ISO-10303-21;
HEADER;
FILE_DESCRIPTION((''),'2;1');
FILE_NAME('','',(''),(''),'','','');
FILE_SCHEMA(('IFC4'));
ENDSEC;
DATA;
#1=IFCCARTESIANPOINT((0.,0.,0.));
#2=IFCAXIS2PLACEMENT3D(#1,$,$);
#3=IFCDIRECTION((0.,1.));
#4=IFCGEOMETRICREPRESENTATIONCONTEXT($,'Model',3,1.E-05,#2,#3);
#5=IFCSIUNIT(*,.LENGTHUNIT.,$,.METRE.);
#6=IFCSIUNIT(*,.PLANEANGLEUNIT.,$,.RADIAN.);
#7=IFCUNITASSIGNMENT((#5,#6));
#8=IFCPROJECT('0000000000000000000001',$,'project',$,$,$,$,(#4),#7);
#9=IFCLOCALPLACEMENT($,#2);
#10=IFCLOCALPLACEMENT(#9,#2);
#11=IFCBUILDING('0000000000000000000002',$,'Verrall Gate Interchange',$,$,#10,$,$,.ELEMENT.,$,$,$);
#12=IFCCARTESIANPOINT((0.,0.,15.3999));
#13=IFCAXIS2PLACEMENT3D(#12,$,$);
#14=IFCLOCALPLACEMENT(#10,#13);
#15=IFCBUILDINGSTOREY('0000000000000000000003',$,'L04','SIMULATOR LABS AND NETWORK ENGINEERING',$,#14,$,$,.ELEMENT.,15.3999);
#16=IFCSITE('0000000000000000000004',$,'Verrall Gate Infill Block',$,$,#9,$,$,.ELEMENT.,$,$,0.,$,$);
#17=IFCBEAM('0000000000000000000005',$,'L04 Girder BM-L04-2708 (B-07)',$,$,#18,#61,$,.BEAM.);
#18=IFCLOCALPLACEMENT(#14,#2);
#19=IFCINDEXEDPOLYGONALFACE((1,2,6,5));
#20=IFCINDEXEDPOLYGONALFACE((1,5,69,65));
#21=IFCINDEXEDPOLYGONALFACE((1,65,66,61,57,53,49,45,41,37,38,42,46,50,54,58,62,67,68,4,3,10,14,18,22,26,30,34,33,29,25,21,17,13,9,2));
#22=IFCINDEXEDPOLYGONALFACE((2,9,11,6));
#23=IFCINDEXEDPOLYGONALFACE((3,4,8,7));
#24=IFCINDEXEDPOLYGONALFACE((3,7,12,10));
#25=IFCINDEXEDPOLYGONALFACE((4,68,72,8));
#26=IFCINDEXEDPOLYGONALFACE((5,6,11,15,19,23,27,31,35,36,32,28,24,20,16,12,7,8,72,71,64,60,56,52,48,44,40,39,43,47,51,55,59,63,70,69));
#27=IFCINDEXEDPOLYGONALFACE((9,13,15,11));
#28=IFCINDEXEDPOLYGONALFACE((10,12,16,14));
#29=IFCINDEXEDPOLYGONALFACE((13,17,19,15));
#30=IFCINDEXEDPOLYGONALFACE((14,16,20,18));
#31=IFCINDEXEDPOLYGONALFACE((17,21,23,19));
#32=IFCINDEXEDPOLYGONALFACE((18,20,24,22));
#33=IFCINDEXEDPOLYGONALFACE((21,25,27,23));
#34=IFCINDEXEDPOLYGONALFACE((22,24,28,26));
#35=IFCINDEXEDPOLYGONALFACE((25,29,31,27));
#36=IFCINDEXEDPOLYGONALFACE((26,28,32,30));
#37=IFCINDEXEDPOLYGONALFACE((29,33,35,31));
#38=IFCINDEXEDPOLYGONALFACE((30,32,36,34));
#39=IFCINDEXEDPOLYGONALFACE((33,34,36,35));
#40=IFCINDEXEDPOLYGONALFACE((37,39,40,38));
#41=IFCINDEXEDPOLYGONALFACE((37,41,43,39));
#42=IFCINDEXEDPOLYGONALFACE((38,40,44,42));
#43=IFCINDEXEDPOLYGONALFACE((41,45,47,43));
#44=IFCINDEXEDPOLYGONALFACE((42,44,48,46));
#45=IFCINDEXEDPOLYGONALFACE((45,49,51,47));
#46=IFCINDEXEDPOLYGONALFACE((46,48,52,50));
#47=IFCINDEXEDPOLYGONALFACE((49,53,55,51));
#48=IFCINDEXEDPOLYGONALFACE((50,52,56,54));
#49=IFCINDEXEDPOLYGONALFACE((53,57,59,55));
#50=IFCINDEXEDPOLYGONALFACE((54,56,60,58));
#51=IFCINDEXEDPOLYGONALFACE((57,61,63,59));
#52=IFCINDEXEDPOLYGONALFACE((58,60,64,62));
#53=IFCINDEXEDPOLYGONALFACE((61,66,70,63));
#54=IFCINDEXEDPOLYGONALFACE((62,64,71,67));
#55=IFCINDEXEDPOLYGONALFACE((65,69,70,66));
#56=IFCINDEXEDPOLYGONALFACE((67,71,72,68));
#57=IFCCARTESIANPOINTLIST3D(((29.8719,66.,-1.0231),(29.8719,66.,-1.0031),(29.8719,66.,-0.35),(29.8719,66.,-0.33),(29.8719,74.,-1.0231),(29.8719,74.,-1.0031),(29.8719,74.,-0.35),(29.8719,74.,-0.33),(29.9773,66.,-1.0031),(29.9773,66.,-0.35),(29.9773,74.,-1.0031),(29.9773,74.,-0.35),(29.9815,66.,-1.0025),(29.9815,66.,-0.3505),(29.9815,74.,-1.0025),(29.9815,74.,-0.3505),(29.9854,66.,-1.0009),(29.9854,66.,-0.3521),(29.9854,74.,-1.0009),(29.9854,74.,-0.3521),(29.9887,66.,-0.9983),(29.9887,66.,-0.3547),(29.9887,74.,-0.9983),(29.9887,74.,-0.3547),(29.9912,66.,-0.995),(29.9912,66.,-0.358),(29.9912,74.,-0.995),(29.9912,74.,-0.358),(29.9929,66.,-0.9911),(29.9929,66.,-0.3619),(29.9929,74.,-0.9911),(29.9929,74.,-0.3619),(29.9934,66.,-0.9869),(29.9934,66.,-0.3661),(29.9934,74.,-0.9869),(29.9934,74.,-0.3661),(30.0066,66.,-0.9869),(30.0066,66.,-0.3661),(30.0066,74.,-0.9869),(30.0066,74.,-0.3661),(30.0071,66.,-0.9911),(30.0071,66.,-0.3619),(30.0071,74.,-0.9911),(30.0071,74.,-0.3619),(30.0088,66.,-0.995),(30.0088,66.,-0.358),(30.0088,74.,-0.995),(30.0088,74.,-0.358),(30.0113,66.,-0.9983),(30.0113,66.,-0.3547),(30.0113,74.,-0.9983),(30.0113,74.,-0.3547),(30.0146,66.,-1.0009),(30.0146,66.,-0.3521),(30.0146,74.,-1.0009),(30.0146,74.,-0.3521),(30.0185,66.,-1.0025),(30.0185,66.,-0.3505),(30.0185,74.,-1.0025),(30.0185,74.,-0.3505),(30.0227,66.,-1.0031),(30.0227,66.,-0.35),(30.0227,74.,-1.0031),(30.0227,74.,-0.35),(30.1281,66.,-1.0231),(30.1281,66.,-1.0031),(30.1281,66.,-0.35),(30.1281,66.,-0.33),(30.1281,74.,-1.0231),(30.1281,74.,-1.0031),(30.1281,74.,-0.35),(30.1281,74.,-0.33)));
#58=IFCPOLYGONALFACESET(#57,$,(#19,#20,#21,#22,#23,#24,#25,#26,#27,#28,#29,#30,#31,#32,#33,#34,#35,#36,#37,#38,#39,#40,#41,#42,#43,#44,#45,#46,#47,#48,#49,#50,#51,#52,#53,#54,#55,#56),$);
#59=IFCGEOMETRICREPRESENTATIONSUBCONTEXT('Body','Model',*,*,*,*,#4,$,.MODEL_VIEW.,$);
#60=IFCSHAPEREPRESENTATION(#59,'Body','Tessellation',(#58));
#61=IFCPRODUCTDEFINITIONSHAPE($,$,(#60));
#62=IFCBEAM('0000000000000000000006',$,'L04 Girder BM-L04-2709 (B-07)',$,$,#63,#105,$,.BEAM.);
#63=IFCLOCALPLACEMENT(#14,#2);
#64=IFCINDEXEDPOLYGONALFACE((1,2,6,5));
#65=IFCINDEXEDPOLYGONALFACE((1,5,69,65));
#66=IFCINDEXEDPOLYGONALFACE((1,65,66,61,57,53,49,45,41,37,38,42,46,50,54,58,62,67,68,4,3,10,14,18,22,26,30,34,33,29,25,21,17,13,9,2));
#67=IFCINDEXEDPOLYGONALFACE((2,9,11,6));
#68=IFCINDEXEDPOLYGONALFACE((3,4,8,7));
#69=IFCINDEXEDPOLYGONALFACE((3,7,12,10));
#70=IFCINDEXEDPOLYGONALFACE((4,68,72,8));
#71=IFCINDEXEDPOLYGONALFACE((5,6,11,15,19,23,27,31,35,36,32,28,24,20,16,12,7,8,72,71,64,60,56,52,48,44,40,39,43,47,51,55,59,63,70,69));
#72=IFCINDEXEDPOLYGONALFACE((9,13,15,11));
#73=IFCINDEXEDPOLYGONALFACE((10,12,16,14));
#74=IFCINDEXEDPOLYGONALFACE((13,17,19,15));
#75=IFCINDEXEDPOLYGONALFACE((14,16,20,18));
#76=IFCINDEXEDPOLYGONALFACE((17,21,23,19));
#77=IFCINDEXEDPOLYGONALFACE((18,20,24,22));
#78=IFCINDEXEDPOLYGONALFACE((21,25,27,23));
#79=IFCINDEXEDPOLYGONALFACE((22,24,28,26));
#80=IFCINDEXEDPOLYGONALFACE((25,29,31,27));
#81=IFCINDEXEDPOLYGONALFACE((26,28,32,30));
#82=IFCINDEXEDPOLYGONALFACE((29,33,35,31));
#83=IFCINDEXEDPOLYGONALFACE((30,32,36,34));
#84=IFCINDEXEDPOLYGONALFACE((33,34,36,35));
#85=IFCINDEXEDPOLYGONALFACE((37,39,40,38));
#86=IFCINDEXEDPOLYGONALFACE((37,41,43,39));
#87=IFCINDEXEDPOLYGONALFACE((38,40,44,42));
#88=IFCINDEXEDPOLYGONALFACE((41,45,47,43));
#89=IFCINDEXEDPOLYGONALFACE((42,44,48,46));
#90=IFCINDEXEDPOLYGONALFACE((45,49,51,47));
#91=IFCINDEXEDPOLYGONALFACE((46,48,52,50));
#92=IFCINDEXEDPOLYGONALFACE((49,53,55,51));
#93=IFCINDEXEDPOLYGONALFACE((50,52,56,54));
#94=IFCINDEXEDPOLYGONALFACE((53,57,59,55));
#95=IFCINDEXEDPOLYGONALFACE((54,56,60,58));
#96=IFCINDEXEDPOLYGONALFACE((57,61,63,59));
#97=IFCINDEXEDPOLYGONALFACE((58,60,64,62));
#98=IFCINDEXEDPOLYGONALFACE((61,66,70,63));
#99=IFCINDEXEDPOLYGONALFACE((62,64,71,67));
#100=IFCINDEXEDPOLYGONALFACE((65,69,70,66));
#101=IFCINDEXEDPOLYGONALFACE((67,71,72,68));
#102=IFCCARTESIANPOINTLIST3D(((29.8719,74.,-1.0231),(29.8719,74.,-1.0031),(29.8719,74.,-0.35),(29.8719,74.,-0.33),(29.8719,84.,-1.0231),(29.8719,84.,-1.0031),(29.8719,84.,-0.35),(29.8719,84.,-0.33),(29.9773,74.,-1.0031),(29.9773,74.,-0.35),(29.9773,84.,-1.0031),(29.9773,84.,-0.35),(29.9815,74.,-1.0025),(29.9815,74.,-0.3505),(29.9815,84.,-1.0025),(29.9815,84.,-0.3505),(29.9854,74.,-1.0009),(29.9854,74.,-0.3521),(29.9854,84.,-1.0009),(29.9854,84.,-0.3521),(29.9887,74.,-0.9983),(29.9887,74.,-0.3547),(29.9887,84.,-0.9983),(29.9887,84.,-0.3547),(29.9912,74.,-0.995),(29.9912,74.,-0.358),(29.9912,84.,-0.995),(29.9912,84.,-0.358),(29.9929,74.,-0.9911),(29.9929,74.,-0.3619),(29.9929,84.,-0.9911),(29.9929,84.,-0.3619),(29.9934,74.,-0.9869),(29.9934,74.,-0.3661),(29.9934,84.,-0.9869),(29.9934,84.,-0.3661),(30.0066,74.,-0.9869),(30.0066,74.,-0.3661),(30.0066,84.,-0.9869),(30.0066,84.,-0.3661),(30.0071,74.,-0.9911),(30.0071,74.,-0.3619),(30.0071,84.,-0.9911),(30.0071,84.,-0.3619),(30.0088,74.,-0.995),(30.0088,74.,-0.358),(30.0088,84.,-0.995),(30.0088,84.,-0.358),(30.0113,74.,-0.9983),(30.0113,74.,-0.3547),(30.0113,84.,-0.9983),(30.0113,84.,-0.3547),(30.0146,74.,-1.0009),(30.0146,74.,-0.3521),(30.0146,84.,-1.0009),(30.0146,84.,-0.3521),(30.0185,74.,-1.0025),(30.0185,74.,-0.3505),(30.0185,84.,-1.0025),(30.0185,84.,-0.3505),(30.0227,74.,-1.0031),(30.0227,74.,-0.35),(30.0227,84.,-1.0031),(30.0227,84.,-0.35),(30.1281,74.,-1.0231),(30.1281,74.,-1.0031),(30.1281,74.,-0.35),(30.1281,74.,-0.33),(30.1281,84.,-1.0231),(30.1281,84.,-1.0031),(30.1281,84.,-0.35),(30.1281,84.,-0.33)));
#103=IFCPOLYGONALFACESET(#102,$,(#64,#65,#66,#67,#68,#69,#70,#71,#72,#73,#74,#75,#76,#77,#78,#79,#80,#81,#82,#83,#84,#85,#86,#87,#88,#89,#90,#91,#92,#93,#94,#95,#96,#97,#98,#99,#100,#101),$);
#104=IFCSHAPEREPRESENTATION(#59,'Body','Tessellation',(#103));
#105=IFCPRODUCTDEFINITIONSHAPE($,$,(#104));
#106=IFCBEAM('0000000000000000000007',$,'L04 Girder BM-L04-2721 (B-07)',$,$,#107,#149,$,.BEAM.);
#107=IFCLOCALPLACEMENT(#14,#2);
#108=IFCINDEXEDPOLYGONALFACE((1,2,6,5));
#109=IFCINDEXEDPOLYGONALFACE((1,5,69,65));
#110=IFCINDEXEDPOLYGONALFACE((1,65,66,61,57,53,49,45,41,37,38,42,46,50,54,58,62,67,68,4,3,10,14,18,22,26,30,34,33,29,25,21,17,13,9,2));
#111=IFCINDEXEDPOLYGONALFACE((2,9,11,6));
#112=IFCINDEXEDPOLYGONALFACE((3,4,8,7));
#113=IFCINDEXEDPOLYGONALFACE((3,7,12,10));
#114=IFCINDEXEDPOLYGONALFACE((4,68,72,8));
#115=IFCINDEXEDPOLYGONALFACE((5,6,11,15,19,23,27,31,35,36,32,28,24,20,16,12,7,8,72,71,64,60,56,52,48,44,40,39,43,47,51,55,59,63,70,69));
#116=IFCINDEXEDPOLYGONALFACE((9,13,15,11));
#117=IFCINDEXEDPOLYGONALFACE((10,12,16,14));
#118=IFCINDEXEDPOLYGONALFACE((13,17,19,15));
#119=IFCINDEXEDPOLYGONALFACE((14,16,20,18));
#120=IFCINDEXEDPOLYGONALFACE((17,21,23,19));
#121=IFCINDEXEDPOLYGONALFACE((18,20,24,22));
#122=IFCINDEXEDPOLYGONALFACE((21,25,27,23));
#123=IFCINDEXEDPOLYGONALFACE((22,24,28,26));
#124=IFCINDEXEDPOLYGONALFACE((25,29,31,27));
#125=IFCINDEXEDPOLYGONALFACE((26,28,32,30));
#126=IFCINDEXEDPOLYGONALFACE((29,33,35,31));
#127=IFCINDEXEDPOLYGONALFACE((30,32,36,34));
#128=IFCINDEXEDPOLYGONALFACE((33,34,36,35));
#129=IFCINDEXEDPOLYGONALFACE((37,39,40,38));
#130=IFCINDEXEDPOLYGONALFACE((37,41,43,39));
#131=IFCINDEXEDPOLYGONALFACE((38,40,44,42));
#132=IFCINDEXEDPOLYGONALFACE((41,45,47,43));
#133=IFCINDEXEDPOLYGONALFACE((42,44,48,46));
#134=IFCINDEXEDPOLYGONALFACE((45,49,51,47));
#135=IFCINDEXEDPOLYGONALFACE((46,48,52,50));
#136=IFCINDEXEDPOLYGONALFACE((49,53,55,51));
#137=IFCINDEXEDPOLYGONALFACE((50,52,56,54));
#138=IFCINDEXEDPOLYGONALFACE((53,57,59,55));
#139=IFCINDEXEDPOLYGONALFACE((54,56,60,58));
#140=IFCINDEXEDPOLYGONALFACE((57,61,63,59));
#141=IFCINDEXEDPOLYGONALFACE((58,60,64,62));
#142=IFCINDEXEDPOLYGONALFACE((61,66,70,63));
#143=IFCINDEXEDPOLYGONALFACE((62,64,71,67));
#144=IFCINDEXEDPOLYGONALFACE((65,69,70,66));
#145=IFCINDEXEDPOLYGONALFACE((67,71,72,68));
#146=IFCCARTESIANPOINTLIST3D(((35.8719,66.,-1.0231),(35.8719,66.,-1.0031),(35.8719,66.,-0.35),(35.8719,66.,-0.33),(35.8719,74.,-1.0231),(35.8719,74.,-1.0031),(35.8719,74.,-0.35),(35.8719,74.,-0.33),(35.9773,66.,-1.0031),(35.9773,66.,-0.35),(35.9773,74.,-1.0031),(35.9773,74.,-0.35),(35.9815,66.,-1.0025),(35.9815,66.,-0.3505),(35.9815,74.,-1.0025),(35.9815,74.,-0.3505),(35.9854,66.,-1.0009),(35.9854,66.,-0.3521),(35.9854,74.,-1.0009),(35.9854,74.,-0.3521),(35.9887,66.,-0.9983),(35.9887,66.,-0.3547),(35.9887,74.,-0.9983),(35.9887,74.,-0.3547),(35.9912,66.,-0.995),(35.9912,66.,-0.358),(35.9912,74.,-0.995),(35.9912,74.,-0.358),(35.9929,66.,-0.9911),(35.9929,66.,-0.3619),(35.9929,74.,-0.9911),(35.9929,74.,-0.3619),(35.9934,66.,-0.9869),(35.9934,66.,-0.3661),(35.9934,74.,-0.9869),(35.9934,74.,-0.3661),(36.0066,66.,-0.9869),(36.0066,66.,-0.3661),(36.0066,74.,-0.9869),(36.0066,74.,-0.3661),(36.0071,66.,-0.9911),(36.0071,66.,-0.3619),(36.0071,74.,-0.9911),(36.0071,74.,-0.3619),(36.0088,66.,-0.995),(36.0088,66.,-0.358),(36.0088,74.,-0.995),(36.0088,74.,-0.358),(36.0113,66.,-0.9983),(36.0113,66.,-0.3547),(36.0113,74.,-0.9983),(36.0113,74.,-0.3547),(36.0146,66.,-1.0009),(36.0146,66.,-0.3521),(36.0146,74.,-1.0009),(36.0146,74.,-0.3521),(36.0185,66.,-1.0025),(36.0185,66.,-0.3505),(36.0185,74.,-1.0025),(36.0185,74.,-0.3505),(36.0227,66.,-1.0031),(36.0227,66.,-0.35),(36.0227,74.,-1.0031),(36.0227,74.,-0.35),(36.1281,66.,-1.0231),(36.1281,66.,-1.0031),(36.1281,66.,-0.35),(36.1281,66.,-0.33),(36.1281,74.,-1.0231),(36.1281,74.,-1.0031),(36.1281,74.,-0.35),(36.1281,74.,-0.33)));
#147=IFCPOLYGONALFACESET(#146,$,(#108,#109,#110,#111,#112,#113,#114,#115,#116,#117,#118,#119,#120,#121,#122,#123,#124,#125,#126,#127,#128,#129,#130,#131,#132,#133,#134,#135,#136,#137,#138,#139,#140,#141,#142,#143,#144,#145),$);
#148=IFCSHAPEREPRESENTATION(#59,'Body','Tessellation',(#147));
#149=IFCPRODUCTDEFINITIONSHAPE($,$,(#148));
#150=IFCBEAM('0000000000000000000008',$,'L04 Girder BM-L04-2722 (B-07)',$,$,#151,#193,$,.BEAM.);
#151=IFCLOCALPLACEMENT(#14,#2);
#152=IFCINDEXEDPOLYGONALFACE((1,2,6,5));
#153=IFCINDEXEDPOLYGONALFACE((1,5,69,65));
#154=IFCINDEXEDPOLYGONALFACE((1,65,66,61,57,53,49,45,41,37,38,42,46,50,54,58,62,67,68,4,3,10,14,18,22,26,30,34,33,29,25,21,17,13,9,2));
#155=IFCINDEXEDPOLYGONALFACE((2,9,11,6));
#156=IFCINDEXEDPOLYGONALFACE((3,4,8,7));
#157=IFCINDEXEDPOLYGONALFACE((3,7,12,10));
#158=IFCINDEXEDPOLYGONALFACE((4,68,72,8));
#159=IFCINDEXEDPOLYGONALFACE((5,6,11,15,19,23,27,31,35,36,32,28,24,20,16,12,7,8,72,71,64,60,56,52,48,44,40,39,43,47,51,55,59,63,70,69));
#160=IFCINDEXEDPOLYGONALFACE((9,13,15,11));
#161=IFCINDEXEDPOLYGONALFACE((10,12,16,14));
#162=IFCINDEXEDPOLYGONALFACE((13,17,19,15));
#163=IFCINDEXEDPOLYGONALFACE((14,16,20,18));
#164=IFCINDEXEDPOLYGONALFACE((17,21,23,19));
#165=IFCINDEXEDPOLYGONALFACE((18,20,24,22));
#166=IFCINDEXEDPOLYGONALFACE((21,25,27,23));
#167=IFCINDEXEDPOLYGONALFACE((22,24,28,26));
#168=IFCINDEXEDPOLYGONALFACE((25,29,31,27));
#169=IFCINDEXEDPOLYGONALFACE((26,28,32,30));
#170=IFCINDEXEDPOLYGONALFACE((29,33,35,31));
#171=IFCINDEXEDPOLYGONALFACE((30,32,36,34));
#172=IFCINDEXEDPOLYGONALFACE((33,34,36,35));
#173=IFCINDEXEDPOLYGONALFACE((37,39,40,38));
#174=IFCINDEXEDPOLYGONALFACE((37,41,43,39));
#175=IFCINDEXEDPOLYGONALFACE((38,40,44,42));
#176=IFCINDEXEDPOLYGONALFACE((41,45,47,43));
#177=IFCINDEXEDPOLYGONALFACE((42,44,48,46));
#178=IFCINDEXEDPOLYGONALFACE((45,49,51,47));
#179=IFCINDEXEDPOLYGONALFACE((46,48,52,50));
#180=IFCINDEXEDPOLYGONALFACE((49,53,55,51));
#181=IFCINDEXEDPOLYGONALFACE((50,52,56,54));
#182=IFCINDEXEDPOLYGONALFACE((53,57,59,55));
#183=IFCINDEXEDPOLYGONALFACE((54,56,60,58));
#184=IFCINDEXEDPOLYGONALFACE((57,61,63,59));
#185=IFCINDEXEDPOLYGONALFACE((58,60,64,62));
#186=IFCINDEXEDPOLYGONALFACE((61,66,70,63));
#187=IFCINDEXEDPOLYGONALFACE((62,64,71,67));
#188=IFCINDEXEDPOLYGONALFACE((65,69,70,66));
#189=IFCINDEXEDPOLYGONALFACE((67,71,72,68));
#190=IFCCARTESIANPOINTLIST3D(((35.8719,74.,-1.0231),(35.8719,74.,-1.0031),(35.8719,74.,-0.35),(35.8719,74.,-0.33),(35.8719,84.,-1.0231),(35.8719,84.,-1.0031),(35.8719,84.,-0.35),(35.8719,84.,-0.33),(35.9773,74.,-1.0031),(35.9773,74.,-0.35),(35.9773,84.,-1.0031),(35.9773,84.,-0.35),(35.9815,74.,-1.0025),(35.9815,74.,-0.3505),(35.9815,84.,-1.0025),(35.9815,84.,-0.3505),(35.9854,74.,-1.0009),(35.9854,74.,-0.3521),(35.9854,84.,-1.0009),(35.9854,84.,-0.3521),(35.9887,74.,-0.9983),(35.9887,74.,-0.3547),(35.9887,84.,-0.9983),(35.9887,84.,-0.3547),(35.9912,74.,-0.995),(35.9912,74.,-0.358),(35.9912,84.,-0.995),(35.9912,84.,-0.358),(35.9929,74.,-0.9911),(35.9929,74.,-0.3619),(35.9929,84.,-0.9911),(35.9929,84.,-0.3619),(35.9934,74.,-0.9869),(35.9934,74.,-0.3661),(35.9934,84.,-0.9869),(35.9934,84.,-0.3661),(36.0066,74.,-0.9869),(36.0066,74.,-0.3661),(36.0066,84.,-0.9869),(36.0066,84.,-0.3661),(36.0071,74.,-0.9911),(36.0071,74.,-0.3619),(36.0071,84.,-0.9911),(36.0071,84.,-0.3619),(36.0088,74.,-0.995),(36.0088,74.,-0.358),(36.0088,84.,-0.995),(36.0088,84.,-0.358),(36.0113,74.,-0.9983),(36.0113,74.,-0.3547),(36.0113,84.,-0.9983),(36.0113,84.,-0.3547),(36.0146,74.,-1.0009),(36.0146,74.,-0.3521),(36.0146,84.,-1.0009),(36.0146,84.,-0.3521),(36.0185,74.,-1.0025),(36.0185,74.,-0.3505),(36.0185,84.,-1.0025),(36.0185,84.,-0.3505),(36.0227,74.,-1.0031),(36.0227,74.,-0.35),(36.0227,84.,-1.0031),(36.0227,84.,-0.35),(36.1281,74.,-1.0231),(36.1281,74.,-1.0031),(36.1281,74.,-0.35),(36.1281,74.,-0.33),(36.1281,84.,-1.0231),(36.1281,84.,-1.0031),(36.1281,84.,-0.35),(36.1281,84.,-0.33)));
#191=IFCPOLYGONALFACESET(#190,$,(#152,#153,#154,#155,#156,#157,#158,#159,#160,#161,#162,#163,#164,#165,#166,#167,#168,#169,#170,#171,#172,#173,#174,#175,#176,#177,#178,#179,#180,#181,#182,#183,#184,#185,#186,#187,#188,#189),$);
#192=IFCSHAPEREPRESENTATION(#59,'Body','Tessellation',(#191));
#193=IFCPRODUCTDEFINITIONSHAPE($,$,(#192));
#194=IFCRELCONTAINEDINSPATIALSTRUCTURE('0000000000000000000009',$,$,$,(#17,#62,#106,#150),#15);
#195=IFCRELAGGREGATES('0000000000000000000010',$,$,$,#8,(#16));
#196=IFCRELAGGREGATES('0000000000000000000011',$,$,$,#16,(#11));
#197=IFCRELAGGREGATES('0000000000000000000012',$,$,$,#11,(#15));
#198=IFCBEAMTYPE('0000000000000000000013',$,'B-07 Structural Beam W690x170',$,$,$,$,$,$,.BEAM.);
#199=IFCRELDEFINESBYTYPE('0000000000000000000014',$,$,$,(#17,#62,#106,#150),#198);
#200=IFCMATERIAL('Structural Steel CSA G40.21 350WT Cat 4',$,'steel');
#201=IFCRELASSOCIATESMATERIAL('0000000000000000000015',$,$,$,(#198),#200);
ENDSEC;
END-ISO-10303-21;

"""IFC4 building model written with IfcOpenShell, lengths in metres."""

from ifc_helpers import new_model, si_unit, direction, frame, origin, origin_2d, place, context, subcontext, project, spatial, i_section, extrude, material, material_profile, profile_set, type_object, element, save


model = new_model("IFC4")

# Units and contexts
model_context = context("Model", 3, precision=1e-05, world=origin(), true_north=direction((0.0, 1.0)))
body_context = subcontext(model_context, "Body", "Model", "MODEL_VIEW")
ifc_project = project(units=[si_unit("LENGTHUNIT", "METRE"), si_unit("PLANEANGLEUNIT", "RADIAN")], contexts=[model_context])

# Site, building, storey
site_placement = place(None, origin())
site = spatial("IfcSite", under=ifc_project, at=site_placement, Name="Verrall Gate Infill Block", CompositionType="ELEMENT", RefElevation=0.0)
building_placement = place(site_placement, origin())
building = spatial("IfcBuilding", under=site, at=building_placement, Name="Verrall Gate Interchange", CompositionType="ELEMENT")
storey_placement = place(building_placement, frame((0.0, 0.0, 15.3999)))
storey = spatial("IfcBuildingStorey", under=building, at=storey_placement, Name="L04", Description="SIMULATOR LABS AND NETWORK ENGINEERING", CompositionType="ELEMENT", Elevation=15.3999)

# Beams
ifc_material_1 = material(Name="Structural Steel CSA G40.21 350WT Cat 4", Category="steel")
ifc_material_profile_1 = material_profile(ifc_material_1, i_section(OverallWidth=0.2561, OverallDepth=0.6931, WebThickness=0.0132, FlangeThickness=0.02, FilletRadius=0.0161, at=origin_2d()), Name="W690x170")
ifc_profile_set_1 = profile_set([ifc_material_profile_1], Name="Structural Steel CSA G40.21 350WT Cat 4")
beam_type_1 = type_object("IfcBeamType", Name="B-07 Structural Beam W690x170", PredefinedType="BEAM", material=ifc_profile_set_1)
beam_1_placement = place(storey_placement, frame((30.0, 66.0, -0.6765), z_axis=(0.0, 1.0, 0.0), x_axis=(-1.0, 0.0, 0.0)))
element("IfcBeam", 1, at=beam_1_placement, inside=storey, type_object=beam_type_1, Name="L04 Girder BM-L04-2708 (B-07)", PredefinedType="BEAM", context=body_context, shape_type="SweptSolid", body=[
    extrude(i_section(OverallWidth=0.2561, OverallDepth=0.6931, WebThickness=0.0132, FlangeThickness=0.02, FilletRadius=0.0161, at=origin_2d()), origin(), (0.0, 0.0, 1.0), 8.0),
])
beam_2_placement = place(storey_placement, frame((30.0, 74.0, -0.6765), z_axis=(0.0, 1.0, 0.0), x_axis=(-1.0, 0.0, 0.0)))
element("IfcBeam", 2, at=beam_2_placement, inside=storey, type_object=beam_type_1, Name="L04 Girder BM-L04-2709 (B-07)", PredefinedType="BEAM", context=body_context, shape_type="SweptSolid", body=[
    extrude(i_section(OverallWidth=0.2561, OverallDepth=0.6931, WebThickness=0.0132, FlangeThickness=0.02, FilletRadius=0.0161, at=origin_2d()), origin(), (0.0, 0.0, 1.0), 10.0),
])
beam_3_placement = place(storey_placement, frame((36.0, 66.0, -0.6765), z_axis=(0.0, 1.0, 0.0), x_axis=(-1.0, 0.0, 0.0)))
element("IfcBeam", 3, at=beam_3_placement, inside=storey, type_object=beam_type_1, Name="L04 Girder BM-L04-2721 (B-07)", PredefinedType="BEAM", context=body_context, shape_type="SweptSolid", body=[
    extrude(i_section(OverallWidth=0.2561, OverallDepth=0.6931, WebThickness=0.0132, FlangeThickness=0.02, FilletRadius=0.0161, at=origin_2d()), origin(), (0.0, 0.0, 1.0), 8.0),
])
beam_4_placement = place(storey_placement, frame((36.0, 74.0, -0.6765), z_axis=(0.0, 1.0, 0.0), x_axis=(-1.0, 0.0, 0.0)))
element("IfcBeam", 4, at=beam_4_placement, inside=storey, type_object=beam_type_1, Name="L04 Girder BM-L04-2722 (B-07)", PredefinedType="BEAM", context=body_context, shape_type="SweptSolid", body=[
    extrude(i_section(OverallWidth=0.2561, OverallDepth=0.6931, WebThickness=0.0132, FlangeThickness=0.02, FilletRadius=0.0161, at=origin_2d()), origin(), (0.0, 0.0, 1.0), 10.0),
])

save(model, "model.ifc")
